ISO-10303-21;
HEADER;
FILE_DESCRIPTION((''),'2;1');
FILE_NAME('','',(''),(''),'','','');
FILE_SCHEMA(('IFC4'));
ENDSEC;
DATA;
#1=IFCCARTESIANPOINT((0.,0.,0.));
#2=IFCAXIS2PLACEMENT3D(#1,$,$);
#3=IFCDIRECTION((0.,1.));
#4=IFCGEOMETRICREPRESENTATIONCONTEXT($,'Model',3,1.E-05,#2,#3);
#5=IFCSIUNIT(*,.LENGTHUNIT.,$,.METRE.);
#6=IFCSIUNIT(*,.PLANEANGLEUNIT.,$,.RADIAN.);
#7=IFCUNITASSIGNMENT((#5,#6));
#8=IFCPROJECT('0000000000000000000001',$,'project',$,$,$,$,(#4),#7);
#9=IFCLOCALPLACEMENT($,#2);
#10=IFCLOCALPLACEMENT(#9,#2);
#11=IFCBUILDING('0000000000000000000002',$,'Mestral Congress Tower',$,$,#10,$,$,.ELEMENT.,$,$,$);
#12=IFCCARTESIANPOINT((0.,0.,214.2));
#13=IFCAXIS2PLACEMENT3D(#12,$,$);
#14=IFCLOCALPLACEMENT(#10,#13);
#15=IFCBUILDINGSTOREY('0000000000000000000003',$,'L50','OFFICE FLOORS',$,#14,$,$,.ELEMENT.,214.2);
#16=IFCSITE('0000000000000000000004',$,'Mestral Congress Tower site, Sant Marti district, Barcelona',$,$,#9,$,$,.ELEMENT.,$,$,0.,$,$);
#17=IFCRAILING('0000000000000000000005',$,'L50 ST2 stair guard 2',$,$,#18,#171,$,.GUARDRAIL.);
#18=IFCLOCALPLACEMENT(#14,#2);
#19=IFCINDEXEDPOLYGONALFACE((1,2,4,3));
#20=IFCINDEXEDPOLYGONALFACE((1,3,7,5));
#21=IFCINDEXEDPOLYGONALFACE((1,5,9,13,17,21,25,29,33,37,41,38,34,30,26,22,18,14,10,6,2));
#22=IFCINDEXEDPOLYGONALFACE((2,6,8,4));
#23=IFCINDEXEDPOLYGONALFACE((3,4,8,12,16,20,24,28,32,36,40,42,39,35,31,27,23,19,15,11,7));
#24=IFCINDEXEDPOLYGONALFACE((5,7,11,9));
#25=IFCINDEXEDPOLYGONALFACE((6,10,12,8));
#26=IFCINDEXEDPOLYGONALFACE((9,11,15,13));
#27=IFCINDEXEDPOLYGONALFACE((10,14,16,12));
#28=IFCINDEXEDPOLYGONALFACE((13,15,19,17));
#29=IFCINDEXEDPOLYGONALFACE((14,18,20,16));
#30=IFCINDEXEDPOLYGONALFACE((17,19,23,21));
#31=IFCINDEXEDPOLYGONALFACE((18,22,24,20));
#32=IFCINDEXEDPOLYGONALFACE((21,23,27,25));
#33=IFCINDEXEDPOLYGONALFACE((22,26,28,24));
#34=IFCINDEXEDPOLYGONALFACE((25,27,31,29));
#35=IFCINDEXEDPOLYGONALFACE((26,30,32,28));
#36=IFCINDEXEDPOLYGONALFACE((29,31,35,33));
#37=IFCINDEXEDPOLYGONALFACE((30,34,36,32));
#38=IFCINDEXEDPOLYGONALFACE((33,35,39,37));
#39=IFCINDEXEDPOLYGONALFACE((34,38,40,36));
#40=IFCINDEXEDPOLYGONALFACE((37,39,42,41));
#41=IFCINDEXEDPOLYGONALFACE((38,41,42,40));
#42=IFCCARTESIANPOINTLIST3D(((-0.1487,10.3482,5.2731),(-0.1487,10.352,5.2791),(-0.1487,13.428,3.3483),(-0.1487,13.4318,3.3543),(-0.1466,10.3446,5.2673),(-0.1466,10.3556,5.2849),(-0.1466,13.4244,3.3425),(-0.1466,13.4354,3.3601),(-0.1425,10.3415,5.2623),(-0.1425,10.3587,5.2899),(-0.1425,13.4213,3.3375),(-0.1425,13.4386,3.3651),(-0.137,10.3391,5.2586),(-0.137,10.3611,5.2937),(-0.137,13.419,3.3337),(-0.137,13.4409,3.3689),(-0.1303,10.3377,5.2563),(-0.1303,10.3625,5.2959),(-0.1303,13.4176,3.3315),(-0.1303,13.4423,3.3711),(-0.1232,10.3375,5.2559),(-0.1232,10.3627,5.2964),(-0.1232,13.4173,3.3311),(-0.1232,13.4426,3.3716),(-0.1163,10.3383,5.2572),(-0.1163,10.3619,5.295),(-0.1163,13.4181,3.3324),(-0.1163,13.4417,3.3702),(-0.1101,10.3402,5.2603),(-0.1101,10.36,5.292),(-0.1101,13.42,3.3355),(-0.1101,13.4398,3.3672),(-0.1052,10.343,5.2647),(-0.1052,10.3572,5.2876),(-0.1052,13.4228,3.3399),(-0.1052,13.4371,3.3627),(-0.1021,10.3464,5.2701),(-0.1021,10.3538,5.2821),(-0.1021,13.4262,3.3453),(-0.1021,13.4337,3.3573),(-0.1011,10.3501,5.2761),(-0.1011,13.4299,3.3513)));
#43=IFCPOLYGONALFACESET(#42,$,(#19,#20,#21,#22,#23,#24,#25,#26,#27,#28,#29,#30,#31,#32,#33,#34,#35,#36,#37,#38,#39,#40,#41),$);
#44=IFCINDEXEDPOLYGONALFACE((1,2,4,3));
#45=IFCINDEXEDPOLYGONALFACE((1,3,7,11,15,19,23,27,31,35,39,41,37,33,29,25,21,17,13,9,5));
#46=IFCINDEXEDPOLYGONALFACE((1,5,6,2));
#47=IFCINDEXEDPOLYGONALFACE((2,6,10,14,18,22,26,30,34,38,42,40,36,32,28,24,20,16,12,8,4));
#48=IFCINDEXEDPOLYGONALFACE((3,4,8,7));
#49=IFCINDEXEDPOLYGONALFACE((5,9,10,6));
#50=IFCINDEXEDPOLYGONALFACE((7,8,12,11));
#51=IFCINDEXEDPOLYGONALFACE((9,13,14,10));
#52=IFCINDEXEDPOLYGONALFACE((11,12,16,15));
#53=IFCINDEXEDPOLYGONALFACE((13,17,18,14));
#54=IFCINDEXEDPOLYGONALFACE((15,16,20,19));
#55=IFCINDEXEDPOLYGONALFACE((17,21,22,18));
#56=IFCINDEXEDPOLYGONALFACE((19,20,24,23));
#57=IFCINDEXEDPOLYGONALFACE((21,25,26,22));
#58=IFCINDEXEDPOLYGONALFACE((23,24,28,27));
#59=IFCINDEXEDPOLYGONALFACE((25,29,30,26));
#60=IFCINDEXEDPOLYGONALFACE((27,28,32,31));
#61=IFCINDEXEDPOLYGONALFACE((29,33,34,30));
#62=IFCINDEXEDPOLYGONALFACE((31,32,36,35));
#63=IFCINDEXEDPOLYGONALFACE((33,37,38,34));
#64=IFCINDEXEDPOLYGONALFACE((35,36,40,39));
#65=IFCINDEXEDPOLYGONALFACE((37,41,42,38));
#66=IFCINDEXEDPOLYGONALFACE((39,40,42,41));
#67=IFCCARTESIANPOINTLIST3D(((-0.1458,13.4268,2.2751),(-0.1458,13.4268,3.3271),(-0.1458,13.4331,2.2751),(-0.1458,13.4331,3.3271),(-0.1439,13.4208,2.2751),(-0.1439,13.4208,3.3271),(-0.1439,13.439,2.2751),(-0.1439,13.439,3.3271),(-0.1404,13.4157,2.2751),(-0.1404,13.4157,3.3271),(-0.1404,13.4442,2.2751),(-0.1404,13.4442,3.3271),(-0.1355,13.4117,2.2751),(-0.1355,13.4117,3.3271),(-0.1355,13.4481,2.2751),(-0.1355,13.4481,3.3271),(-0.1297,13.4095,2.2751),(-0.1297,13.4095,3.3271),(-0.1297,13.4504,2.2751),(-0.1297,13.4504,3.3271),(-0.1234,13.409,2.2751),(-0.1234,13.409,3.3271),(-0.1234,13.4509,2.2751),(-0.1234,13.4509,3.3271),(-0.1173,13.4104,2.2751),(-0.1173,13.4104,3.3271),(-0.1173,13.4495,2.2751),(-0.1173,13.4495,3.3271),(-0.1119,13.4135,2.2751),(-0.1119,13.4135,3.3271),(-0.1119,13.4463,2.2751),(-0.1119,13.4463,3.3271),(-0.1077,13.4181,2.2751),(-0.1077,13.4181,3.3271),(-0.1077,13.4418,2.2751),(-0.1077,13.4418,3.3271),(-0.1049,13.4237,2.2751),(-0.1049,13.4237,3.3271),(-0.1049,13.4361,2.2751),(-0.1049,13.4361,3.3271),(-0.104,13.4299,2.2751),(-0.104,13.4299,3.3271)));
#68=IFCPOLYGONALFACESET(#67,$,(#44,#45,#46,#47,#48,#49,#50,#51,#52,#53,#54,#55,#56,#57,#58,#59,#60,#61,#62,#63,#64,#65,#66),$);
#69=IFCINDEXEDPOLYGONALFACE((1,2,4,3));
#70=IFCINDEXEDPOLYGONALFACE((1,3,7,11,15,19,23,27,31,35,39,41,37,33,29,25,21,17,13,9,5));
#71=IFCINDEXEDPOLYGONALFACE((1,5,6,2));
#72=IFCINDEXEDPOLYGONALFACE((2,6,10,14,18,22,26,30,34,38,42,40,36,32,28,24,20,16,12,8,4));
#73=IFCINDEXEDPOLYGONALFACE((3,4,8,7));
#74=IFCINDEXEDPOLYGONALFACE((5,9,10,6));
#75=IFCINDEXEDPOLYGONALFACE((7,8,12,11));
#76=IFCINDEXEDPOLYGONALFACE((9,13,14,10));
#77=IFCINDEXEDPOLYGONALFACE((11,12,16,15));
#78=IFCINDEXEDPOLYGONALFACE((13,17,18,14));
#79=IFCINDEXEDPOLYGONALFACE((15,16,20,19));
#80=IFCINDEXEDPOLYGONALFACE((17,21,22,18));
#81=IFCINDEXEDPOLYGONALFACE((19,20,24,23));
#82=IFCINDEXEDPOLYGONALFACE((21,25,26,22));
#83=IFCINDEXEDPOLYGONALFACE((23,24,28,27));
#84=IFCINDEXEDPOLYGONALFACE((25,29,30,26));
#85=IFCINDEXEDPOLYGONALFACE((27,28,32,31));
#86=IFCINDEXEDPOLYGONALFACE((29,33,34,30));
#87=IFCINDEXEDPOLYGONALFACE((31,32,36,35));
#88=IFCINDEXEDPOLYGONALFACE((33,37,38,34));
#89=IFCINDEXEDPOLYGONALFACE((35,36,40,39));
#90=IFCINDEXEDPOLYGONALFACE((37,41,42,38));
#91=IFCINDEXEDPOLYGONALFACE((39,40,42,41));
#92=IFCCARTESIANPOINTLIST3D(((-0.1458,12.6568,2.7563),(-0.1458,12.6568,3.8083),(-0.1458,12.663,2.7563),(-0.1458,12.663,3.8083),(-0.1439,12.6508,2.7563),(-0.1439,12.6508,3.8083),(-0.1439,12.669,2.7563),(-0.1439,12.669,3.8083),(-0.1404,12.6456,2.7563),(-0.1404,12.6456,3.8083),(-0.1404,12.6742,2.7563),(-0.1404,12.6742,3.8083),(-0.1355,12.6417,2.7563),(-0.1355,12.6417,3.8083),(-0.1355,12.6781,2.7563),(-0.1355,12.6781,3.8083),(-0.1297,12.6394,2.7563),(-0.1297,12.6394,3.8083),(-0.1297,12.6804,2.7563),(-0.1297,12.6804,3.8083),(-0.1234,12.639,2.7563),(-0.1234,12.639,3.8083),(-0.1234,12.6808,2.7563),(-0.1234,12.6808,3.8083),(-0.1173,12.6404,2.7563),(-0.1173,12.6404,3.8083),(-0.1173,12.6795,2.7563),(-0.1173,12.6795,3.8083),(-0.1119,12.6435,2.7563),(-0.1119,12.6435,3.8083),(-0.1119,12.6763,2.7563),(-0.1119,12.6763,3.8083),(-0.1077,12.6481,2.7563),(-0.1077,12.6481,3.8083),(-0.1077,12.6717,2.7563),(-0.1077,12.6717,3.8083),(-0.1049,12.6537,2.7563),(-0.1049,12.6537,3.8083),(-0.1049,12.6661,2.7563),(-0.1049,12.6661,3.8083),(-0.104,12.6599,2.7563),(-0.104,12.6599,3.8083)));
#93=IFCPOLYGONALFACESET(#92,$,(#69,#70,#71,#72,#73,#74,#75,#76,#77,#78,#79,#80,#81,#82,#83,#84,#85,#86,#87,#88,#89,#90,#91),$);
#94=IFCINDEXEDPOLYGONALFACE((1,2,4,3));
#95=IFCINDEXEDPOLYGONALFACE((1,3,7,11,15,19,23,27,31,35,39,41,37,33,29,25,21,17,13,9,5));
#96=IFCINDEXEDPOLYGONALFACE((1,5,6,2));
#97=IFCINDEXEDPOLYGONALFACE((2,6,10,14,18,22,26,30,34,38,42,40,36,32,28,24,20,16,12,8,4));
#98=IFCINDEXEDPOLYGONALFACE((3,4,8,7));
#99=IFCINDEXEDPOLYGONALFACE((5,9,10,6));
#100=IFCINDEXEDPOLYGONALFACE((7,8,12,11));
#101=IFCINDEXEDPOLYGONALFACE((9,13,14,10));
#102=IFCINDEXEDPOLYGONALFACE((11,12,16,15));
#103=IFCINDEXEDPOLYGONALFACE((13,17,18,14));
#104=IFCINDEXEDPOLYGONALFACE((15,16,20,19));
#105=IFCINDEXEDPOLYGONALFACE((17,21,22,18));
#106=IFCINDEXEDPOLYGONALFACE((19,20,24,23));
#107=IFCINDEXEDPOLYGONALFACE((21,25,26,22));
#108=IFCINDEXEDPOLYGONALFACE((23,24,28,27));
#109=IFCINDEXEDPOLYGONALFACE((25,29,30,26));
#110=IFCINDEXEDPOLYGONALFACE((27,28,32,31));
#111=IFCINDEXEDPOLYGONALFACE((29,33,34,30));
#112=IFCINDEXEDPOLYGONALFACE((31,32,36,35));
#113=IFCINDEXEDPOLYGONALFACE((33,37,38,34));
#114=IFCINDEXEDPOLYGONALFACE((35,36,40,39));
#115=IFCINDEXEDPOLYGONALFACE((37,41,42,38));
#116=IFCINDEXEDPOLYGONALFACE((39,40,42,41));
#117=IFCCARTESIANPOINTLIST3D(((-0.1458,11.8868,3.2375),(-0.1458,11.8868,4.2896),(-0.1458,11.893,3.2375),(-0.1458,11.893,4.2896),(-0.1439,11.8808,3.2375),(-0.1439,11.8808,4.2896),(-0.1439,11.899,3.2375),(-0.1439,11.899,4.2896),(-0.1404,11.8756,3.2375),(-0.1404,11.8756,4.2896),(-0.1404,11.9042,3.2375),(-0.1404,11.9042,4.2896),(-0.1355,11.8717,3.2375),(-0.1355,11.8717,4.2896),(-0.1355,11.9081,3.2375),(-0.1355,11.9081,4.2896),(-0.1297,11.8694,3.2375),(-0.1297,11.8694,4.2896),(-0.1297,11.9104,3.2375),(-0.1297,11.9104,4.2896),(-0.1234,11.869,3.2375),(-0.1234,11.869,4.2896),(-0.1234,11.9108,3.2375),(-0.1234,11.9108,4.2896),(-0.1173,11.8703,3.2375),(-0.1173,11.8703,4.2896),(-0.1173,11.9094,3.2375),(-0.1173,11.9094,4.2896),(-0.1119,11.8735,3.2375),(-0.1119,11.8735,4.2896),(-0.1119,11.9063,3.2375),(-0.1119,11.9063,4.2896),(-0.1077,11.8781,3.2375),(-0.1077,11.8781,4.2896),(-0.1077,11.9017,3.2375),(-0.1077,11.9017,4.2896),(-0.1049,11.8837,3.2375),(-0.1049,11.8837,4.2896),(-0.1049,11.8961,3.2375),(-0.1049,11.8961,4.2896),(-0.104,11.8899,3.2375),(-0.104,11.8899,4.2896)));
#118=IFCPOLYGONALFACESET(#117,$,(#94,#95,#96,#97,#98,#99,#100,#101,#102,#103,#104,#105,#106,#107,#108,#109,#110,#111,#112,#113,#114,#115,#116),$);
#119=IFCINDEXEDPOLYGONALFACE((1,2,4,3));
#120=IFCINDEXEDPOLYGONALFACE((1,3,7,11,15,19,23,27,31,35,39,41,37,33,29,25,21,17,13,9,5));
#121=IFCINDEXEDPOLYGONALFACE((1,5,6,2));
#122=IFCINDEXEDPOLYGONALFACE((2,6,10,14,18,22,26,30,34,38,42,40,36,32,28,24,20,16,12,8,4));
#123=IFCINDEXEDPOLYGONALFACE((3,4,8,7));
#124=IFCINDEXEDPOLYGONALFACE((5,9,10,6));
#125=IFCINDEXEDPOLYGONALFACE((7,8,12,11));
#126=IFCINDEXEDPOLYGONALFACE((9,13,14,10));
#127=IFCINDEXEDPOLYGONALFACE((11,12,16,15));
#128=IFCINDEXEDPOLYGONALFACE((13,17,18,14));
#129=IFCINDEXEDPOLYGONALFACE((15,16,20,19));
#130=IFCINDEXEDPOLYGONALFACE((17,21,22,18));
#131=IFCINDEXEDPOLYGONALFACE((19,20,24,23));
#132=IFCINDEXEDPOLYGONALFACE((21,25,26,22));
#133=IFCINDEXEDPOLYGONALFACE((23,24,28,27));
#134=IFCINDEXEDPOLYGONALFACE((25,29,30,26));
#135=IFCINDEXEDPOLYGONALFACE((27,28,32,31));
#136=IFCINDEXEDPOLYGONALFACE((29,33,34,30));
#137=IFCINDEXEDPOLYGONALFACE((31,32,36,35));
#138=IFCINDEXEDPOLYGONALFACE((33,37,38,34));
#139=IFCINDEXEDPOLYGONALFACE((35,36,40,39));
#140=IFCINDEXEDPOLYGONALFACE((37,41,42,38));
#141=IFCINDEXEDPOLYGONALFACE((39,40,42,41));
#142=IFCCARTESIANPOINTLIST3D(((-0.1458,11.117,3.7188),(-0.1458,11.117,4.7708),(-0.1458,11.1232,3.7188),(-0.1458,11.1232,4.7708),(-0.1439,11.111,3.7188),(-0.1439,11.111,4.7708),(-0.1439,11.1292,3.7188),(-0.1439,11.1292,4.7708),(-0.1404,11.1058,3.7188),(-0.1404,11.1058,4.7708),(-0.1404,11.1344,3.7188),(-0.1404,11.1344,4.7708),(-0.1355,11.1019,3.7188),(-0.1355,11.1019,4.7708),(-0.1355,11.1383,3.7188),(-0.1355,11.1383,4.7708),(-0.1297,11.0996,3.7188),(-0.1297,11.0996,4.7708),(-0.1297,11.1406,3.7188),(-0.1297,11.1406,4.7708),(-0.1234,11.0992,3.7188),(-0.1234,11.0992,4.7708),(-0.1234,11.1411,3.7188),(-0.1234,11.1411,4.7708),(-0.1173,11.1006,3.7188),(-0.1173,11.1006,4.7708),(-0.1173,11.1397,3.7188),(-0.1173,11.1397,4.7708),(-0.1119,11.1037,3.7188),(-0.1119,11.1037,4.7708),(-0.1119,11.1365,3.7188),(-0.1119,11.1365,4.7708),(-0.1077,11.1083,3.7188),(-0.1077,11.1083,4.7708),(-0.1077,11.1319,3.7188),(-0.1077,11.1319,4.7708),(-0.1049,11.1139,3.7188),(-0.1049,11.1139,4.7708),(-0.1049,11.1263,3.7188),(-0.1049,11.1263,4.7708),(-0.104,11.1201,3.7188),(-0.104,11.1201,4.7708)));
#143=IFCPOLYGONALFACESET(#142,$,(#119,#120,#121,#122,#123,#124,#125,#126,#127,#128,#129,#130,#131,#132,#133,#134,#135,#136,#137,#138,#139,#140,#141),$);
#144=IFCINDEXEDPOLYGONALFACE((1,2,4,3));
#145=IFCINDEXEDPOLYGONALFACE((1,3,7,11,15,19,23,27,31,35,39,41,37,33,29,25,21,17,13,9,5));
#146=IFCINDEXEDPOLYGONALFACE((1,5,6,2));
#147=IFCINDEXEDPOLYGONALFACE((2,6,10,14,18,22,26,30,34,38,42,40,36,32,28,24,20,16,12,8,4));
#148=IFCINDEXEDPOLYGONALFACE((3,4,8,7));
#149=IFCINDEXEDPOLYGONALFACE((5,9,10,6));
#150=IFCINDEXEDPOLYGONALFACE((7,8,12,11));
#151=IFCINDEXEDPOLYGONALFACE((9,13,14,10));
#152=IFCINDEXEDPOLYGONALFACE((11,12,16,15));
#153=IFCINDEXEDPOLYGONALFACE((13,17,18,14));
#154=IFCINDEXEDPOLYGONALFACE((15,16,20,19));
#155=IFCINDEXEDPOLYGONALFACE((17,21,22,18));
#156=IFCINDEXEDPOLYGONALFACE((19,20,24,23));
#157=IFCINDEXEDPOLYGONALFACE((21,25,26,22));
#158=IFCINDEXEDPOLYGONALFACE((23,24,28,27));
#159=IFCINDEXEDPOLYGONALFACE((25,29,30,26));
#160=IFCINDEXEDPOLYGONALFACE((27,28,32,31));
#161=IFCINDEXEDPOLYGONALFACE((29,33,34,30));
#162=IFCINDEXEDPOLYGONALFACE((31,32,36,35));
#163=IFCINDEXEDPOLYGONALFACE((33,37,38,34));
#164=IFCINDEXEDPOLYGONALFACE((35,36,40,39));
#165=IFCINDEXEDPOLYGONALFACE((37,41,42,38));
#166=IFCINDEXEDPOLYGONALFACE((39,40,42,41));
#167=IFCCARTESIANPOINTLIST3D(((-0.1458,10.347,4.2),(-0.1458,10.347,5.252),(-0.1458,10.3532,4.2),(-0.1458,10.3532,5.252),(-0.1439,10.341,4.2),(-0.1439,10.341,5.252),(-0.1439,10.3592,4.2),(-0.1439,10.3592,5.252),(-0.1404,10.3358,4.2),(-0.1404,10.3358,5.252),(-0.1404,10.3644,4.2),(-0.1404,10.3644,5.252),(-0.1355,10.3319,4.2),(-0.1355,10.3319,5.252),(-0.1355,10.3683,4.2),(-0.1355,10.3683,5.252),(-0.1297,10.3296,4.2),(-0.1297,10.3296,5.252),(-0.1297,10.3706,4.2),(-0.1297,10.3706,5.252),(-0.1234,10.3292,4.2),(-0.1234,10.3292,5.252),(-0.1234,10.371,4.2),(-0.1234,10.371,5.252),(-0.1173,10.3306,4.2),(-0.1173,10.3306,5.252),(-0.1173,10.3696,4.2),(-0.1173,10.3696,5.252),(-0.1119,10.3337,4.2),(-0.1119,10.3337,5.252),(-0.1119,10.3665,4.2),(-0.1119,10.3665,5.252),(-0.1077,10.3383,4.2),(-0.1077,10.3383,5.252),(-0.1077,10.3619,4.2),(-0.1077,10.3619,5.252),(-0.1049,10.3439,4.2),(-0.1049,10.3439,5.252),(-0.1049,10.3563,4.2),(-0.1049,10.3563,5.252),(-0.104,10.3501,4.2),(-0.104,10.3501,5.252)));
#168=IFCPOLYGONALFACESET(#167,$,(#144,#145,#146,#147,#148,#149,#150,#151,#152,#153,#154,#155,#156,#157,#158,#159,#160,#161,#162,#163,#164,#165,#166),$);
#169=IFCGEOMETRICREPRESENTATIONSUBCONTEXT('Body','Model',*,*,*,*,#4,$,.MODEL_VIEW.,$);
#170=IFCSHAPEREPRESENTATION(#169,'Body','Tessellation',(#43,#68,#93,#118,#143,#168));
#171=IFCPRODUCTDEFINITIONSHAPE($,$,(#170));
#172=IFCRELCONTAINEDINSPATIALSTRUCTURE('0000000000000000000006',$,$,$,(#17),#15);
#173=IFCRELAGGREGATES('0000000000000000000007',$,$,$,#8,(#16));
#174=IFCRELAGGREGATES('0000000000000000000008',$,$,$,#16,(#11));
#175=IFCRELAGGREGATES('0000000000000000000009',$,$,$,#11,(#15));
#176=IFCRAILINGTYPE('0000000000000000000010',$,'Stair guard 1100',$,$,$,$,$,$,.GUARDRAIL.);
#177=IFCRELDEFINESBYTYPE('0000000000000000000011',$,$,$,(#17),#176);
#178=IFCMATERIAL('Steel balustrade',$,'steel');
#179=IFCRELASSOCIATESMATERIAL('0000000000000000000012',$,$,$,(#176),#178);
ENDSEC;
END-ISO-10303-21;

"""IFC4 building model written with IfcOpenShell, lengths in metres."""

from ifc_helpers import new_model, si_unit, direction, frame, origin, origin_2d, place, context, subcontext, project, spatial, circle, extrude, material, type_object, element, save


model = new_model("IFC4")

# Units and contexts
model_context = context("Model", 3, precision=1e-05, world=origin(), true_north=direction((0.0, 1.0)))
body_context = subcontext(model_context, "Body", "Model", "MODEL_VIEW")
ifc_project = project(units=[si_unit("LENGTHUNIT", "METRE"), si_unit("PLANEANGLEUNIT", "RADIAN")], contexts=[model_context])

# Site, building, storey
site_placement = place(None, origin())
site = spatial("IfcSite", under=ifc_project, at=site_placement, Name="Mestral Congress Tower site, Sant Marti district, Barcelona", CompositionType="ELEMENT", RefElevation=0.0)
building_placement = place(site_placement, origin())
building = spatial("IfcBuilding", under=site, at=building_placement, Name="Mestral Congress Tower", CompositionType="ELEMENT")
storey_placement = place(building_placement, frame((0.0, 0.0, 214.2)))
storey = spatial("IfcBuildingStorey", under=building, at=storey_placement, Name="L50", Description="OFFICE FLOORS", CompositionType="ELEMENT", Elevation=214.2)

# Railing
ifc_material_1 = material(Name="Steel balustrade", Category="steel")
railing_type = type_object("IfcRailingType", Name="Stair guard 1100", PredefinedType="GUARDRAIL", material=ifc_material_1)
railing_placement = place(storey_placement, frame((-0.125, 13.4299, 2.2751)))
element("IfcRailing", 1, at=railing_placement, inside=storey, type_object=railing_type, Name="L50 ST2 stair guard 2", PredefinedType="GUARDRAIL", context=body_context, shape_type="SweptSolid", body=[
    extrude(circle(Radius=0.0239, at=origin_2d()), frame((0.0, 0.0, 1.0762), z_axis=(0.0, -0.84801, 0.529981), x_axis=(1.0, 0.0, 0.0)), (0.0, 0.0, 1.0), 3.6318),
    extrude(circle(Radius=0.021, at=origin_2d()), origin(), (0.0, 0.0, 1.0), 1.052),
    extrude(circle(Radius=0.021, at=origin_2d()), frame((0.0, -0.77, 0.4812)), (0.0, 0.0, 1.0), 1.052),
    extrude(circle(Radius=0.021, at=origin_2d()), frame((0.0, -1.54, 0.9624)), (0.0, 0.0, 1.0), 1.052),
    extrude(circle(Radius=0.021, at=origin_2d()), frame((0.0, -2.3098, 1.4436)), (0.0, 0.0, 1.0), 1.052),
    extrude(circle(Radius=0.021, at=origin_2d()), frame((0.0, -3.0798, 1.9248)), (0.0, 0.0, 1.0), 1.052),
])

save(model, "model.ifc")
